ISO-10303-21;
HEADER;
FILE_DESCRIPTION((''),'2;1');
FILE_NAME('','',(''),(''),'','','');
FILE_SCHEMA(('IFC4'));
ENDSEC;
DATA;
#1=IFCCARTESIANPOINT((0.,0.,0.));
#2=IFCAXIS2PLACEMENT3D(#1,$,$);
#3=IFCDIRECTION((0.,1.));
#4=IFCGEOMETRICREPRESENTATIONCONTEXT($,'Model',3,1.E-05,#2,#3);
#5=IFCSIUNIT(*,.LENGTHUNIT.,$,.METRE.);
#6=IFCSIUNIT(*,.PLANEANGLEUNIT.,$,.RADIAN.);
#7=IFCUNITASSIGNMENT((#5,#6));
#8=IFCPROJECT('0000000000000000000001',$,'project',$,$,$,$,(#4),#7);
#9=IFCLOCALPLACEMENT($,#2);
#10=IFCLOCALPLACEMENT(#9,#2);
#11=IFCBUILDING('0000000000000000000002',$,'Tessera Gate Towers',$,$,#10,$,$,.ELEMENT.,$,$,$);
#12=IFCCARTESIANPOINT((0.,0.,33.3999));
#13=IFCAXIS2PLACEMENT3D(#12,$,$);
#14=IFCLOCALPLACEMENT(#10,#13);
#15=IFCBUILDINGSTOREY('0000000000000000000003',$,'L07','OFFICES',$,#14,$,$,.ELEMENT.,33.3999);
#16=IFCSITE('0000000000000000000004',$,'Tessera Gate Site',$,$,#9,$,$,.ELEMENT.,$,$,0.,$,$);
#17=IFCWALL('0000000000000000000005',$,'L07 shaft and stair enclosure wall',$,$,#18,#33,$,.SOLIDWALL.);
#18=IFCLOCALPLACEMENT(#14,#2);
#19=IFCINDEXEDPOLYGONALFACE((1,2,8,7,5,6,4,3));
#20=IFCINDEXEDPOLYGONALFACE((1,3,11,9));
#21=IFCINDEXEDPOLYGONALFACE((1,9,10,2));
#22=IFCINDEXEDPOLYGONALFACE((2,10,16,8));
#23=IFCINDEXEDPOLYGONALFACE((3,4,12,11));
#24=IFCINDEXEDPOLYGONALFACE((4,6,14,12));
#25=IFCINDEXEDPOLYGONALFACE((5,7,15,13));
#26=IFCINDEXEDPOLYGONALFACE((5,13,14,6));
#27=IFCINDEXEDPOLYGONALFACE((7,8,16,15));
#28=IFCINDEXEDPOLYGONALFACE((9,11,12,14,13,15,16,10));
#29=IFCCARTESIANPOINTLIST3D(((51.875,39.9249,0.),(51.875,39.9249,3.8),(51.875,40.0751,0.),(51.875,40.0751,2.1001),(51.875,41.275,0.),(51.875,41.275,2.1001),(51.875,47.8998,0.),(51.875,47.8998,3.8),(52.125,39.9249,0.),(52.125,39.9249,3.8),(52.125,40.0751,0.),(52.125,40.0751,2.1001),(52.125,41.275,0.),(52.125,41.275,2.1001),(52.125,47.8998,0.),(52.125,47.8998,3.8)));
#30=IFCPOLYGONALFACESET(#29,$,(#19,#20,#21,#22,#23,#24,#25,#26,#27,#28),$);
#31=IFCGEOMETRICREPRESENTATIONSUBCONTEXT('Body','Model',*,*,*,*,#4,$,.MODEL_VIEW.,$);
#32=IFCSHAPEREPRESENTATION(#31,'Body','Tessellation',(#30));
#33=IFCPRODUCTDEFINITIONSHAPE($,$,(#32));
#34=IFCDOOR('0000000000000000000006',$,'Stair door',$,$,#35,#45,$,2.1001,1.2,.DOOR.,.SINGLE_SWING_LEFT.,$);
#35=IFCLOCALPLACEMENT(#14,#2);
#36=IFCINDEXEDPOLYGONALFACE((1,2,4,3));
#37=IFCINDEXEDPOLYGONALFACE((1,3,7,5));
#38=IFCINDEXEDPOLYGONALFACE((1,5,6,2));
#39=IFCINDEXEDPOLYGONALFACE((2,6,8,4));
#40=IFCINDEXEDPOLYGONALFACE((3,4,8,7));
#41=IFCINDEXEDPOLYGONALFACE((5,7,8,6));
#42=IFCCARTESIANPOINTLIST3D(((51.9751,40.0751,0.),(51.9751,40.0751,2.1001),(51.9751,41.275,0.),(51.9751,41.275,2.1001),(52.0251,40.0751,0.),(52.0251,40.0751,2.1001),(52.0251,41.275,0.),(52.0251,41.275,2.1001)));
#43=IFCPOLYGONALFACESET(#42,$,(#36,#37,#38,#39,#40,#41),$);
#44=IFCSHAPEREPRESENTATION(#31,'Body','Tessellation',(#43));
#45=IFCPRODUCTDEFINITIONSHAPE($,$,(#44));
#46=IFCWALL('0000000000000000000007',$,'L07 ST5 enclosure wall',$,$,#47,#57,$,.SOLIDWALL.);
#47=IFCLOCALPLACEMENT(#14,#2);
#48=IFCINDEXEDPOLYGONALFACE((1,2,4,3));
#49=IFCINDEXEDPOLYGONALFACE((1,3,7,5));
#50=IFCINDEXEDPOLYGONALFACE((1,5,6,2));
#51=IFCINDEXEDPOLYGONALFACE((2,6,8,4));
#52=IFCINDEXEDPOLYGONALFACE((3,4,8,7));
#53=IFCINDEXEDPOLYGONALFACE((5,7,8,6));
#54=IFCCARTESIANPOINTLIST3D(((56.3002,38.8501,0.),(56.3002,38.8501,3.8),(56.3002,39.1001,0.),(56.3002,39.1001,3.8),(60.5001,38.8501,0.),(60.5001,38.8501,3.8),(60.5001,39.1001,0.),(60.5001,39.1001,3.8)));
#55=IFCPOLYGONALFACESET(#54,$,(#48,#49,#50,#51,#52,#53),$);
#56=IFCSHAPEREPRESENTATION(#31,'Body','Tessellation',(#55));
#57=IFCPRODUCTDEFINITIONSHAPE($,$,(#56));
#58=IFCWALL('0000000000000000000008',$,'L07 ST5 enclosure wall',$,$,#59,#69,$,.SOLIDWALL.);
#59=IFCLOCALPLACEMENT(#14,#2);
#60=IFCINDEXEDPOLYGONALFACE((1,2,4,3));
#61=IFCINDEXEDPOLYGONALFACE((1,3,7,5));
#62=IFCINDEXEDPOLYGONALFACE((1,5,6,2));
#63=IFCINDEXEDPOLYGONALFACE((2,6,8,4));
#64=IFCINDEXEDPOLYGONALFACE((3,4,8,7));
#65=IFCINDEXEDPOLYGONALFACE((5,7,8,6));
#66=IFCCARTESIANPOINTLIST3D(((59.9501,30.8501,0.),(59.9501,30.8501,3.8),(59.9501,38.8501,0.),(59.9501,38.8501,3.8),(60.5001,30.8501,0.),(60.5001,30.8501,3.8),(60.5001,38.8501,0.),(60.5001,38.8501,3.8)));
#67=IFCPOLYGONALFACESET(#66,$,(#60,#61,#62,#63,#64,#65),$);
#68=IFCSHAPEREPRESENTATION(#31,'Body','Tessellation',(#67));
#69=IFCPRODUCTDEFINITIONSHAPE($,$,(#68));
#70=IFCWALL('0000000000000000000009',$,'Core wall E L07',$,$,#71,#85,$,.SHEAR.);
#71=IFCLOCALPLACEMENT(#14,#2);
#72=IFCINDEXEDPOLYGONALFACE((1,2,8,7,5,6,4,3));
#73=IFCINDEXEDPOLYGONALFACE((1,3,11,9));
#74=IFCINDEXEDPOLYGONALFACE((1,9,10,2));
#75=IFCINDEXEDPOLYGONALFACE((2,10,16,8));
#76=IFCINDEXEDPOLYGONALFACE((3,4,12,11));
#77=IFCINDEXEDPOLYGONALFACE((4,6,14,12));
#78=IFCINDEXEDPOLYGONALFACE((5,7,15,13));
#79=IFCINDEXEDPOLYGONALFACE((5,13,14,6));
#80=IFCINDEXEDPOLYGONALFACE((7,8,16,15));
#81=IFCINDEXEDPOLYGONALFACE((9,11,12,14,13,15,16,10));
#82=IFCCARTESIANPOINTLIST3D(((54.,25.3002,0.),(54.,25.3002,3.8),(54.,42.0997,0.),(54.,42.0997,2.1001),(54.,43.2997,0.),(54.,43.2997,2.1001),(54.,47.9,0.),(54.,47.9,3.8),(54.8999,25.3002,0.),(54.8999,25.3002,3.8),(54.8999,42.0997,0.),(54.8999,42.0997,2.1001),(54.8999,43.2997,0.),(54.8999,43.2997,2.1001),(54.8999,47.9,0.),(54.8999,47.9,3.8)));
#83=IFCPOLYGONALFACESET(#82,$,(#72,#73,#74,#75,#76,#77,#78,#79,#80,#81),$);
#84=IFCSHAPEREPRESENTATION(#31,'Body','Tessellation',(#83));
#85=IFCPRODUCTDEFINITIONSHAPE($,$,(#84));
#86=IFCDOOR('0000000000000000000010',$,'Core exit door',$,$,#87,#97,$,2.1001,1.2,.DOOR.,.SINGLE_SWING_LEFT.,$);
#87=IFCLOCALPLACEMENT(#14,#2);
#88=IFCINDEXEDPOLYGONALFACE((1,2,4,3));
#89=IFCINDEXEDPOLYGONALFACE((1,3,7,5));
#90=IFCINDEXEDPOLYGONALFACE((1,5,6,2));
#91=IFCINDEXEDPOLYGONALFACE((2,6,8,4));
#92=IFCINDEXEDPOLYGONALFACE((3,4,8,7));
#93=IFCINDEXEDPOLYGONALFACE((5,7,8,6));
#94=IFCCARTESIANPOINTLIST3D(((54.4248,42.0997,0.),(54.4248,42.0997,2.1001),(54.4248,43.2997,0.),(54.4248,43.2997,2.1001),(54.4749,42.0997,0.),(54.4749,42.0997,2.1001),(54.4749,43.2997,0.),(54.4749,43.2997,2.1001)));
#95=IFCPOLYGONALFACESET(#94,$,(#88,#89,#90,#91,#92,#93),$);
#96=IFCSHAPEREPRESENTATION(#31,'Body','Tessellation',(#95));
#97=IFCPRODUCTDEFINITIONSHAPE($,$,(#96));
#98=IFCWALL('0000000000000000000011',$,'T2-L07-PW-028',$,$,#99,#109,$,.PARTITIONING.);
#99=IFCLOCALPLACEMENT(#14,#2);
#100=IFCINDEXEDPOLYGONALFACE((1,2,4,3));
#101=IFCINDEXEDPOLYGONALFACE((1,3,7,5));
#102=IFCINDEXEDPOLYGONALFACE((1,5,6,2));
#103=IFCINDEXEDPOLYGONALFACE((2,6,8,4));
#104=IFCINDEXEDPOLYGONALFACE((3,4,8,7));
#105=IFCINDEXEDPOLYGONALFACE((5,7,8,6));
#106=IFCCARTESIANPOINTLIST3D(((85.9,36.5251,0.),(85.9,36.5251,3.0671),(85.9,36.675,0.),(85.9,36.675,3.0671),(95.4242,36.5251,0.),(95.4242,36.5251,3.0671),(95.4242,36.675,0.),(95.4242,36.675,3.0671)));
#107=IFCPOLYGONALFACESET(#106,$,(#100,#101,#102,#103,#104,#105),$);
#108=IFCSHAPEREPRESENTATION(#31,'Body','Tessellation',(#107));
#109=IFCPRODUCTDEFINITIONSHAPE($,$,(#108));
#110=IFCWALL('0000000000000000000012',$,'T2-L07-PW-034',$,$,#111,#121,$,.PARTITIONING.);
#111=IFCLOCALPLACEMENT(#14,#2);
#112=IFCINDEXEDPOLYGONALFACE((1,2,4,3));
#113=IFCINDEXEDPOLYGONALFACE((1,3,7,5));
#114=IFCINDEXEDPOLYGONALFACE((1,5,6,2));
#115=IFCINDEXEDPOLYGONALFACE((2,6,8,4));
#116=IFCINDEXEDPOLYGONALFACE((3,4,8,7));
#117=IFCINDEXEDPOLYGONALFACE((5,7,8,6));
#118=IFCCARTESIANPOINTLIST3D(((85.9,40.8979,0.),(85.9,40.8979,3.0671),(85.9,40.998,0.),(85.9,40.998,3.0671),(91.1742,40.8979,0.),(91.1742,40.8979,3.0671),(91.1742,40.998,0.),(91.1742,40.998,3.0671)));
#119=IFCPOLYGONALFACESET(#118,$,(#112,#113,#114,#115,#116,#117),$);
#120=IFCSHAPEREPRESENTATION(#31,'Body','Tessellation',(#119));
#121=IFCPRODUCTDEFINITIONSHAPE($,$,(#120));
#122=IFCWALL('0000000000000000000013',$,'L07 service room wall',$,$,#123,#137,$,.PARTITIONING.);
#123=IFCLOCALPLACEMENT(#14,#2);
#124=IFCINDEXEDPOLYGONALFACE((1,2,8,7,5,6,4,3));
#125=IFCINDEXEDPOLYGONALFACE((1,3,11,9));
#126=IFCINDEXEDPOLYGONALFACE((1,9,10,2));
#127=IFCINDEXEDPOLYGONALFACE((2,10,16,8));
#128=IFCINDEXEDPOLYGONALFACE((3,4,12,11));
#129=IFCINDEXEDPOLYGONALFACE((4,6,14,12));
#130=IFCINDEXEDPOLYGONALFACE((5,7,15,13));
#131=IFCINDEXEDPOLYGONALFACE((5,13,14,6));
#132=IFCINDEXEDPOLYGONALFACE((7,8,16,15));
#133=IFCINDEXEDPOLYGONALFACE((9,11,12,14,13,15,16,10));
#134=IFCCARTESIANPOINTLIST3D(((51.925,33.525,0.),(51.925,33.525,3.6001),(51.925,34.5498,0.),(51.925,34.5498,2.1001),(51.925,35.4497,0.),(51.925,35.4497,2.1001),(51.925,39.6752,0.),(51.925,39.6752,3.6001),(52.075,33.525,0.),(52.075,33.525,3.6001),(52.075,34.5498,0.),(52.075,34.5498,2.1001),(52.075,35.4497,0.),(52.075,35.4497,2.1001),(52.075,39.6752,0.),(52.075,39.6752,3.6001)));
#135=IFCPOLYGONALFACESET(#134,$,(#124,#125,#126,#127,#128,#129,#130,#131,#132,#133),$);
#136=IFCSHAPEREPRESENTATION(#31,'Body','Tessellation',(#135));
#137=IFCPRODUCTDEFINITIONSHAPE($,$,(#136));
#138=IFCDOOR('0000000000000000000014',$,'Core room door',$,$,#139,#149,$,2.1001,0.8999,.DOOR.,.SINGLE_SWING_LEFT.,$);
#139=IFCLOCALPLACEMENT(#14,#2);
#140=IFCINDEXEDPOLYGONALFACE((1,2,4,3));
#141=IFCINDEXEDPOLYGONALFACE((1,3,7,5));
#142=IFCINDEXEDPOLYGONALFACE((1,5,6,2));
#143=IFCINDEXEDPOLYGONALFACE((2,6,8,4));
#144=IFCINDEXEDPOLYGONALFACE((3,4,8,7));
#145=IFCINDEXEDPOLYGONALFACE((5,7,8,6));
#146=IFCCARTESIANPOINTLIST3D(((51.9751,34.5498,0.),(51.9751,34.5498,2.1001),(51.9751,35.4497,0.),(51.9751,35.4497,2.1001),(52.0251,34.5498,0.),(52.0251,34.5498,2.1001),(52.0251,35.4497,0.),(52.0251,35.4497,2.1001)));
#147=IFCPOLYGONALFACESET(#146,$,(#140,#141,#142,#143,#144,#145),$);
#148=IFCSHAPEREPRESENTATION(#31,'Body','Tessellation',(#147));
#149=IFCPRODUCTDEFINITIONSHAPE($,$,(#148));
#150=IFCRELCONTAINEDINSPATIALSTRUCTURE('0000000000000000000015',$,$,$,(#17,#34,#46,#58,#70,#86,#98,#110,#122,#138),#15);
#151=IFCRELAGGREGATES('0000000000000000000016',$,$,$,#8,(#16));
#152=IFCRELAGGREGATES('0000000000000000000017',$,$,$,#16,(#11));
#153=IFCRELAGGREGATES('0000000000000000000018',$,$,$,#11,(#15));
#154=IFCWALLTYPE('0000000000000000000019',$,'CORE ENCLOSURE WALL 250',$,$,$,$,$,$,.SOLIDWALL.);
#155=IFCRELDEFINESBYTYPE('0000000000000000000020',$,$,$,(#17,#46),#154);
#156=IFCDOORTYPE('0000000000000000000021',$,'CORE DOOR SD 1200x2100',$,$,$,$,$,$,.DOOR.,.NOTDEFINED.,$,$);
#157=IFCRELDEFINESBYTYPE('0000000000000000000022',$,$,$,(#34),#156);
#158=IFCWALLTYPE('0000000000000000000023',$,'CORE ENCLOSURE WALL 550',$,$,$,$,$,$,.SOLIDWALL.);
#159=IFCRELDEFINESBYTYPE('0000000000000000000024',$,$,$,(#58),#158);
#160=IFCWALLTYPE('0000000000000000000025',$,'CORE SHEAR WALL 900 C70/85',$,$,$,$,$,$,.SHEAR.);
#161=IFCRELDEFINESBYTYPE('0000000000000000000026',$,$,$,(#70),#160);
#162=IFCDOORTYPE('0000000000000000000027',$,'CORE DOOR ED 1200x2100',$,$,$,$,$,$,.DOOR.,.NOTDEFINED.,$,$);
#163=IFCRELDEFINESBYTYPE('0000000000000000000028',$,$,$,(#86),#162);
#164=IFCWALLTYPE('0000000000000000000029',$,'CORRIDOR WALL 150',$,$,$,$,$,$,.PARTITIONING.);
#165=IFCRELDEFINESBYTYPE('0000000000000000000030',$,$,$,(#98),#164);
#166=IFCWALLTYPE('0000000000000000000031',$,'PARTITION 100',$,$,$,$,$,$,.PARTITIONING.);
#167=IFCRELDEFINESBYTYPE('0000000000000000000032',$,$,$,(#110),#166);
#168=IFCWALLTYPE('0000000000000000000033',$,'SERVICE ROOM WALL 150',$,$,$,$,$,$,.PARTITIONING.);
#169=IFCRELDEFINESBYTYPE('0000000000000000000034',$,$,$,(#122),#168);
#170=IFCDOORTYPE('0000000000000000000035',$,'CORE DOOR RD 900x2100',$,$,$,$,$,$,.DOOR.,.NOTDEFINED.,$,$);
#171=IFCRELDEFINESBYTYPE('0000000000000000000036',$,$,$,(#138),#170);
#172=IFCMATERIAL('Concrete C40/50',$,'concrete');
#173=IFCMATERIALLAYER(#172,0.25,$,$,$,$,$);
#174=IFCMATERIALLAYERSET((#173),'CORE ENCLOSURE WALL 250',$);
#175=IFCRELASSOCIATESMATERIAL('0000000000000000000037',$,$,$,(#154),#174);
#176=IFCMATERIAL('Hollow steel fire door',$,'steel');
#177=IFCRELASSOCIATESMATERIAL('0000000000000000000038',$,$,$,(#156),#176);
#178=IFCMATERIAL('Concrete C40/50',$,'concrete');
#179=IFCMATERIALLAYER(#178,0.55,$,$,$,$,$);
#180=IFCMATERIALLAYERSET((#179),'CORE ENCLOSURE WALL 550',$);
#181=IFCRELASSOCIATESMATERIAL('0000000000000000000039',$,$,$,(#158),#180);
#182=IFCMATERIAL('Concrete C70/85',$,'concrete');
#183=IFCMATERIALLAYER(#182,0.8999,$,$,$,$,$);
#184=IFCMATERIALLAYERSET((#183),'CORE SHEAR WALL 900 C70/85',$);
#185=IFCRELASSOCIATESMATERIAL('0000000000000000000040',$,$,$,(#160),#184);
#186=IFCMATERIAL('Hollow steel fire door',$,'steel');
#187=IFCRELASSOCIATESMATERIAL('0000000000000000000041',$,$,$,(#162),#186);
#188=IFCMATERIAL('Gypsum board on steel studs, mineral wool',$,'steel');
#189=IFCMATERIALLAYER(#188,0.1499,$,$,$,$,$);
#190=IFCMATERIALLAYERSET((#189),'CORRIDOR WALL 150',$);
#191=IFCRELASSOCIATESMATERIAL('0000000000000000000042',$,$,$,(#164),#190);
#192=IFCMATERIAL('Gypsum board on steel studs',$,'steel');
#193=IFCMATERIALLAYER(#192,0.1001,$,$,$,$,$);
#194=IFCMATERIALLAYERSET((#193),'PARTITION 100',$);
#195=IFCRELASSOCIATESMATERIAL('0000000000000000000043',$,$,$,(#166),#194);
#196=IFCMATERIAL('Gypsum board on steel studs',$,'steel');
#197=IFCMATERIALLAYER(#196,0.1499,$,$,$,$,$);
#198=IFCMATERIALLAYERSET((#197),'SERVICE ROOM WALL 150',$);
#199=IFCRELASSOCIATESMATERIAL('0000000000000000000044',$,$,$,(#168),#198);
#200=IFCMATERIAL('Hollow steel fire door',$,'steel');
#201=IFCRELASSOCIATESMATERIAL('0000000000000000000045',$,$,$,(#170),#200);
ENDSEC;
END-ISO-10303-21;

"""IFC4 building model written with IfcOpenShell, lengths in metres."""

from ifc_helpers import new_model, si_unit, direction, frame, frame_2d, origin, place, context, subcontext, project, spatial, rectangle, extrude, source, transform, mapped, material, layer, layer_set, type_object, element, fill, save


model = new_model("IFC4")

# Units and contexts
model_context = context("Model", 3, precision=1e-05, world=origin(), true_north=direction((0.0, 1.0)))
body_context = subcontext(model_context, "Body", "Model", "MODEL_VIEW")
ifc_project = project(units=[si_unit("LENGTHUNIT", "METRE"), si_unit("PLANEANGLEUNIT", "RADIAN")], contexts=[model_context])

# Site, building, storey
site_placement = place(None, origin())
site = spatial("IfcSite", under=ifc_project, at=site_placement, Name="Tessera Gate Site", CompositionType="ELEMENT", RefElevation=0.0)
building_placement = place(site_placement, origin())
building = spatial("IfcBuilding", under=site, at=building_placement, Name="Tessera Gate Towers", CompositionType="ELEMENT")
storey_placement = place(building_placement, frame((0.0, 0.0, 33.3999)))
storey = spatial("IfcBuildingStorey", under=building, at=storey_placement, Name="L07", Description="OFFICES", CompositionType="ELEMENT", Elevation=33.3999)

# Wall, opening, door
ifc_material_1 = material(Name="Concrete C40/50", Category="concrete")
ifc_layer_1 = layer(ifc_material_1, 0.25)
ifc_layer_set_1 = layer_set([ifc_layer_1], Name="CORE ENCLOSURE WALL 250")
wall_type_1 = type_object("IfcWallType", Name="CORE ENCLOSURE WALL 250", PredefinedType="SOLIDWALL", material=ifc_layer_set_1)
wall_1_placement = place(storey_placement, frame((52.0, 39.925, 0.0), z_axis=(0.0, 0.0, 1.0), x_axis=(0.0, 1.0, 0.0)))
wall_1 = element("IfcWall", 1, at=wall_1_placement, inside=storey, type_object=wall_type_1, Name="L07 shaft and stair enclosure wall", PredefinedType="SOLIDWALL", context=body_context, shape_type="SweptSolid", body=[
    extrude(rectangle(XDim=7.9749, YDim=0.25, at=frame_2d((3.9873, 0.0))), origin(), (0.0, 0.0, 1.0), 3.8),
])
shared_shape_1 = source(origin(), body_context, "Body", "SweptSolid", [
    extrude(rectangle(XDim=1.2, YDim=2.1001, at=frame_2d((0.6001, 1.05))), frame((0.0, 0.135, 0.0), z_axis=(0.0, -1.0, 0.0), x_axis=(1.0, 0.0, 0.0)), (0.0, 0.0, 1.0), 0.27),
])
opening_1_placement = place(wall_1_placement, frame((0.1499, 0.0, 0.0)))
opening_1 = element("IfcOpeningElement", 2, at=opening_1_placement, cuts=wall_1, PredefinedType="OPENING", context=body_context, shape_type="MappedRepresentation", body=[
    mapped(shared_shape_1, transform((0.0, 0.0, 0.0), scale=1.0)),
])
ifc_material_2 = material(Name="Hollow steel fire door", Category="steel")
door_type_1 = type_object("IfcDoorType", Name="CORE DOOR SD 1200x2100", OperationType="NOTDEFINED", PredefinedType="DOOR", material=ifc_material_2)
shared_shape_2 = source(origin(), body_context, "Body", "SweptSolid", [
    extrude(rectangle(XDim=1.2, YDim=2.1001, at=frame_2d((0.6001, 1.05))), frame((0.0, 0.0249, 0.0), z_axis=(0.0, -1.0, 0.0), x_axis=(1.0, 0.0, 0.0)), (0.0, 0.0, 1.0), 0.05),
])
door_1_placement = place(opening_1_placement, origin())
door_1 = element("IfcDoor", 3, at=door_1_placement, inside=storey, type_object=door_type_1, Name="Stair door", OperationType="SINGLE_SWING_LEFT", OverallHeight=2.1001, OverallWidth=1.2, PredefinedType="DOOR", context=body_context, shape_type="MappedRepresentation", body=[
    mapped(shared_shape_2, transform((0.0, 0.0, 0.0), scale=1.0)),
])
fill(opening_1, door_1)

# Walls
wall_2_placement = place(storey_placement, frame((56.3, 38.9751, 0.0), z_axis=(0.0, 0.0, 1.0), x_axis=(1.0, 0.0, 0.0)))
element("IfcWall", 4, at=wall_2_placement, inside=storey, type_object=wall_type_1, Name="L07 ST5 enclosure wall", PredefinedType="SOLIDWALL", context=body_context, shape_type="SweptSolid", body=[
    extrude(rectangle(XDim=4.2, YDim=0.25, at=frame_2d((2.1001, 0.0))), origin(), (0.0, 0.0, 1.0), 3.8),
])
ifc_material_3 = material(Name="Concrete C40/50", Category="concrete")
ifc_layer_2 = layer(ifc_material_3, 0.55)
ifc_layer_set_2 = layer_set([ifc_layer_2], Name="CORE ENCLOSURE WALL 550")
wall_type_2 = type_object("IfcWallType", Name="CORE ENCLOSURE WALL 550", PredefinedType="SOLIDWALL", material=ifc_layer_set_2)
wall_3_placement = place(storey_placement, frame((60.2251, 38.8501, 0.0), z_axis=(0.0, 0.0, 1.0), x_axis=(0.0, -1.0, 0.0)))
element("IfcWall", 5, at=wall_3_placement, inside=storey, type_object=wall_type_2, Name="L07 ST5 enclosure wall", PredefinedType="SOLIDWALL", context=body_context, shape_type="SweptSolid", body=[
    extrude(rectangle(XDim=8.0, YDim=0.55, at=frame_2d((4.0, 0.0))), origin(), (0.0, 0.0, 1.0), 3.8),
])

# Wall, opening, door
ifc_material_4 = material(Name="Concrete C70/85", Category="concrete")
ifc_layer_3 = layer(ifc_material_4, 0.8999)
ifc_layer_set_3 = layer_set([ifc_layer_3], Name="CORE SHEAR WALL 900 C70/85")
wall_type_3 = type_object("IfcWallType", Name="CORE SHEAR WALL 900 C70/85", PredefinedType="SHEAR", material=ifc_layer_set_3)
wall_4_placement = place(storey_placement, frame((54.45, 47.8999, 0.0), z_axis=(0.0, 0.0, 1.0), x_axis=(0.0, -1.0, 0.0)))
wall_4 = element("IfcWall", 6, at=wall_4_placement, inside=storey, type_object=wall_type_3, Name="Core wall E L07", PredefinedType="SHEAR", context=body_context, shape_type="SweptSolid", body=[
    extrude(rectangle(XDim=22.5999, YDim=0.8999, at=frame_2d((11.2998, 0.0))), origin(), (0.0, 0.0, 1.0), 3.8),
])
shared_shape_3 = source(origin(), body_context, "Body", "SweptSolid", [
    extrude(rectangle(XDim=1.2, YDim=2.1001, at=frame_2d((0.6001, 1.05))), frame((0.0, 0.46, 0.0), z_axis=(0.0, -1.0, 0.0), x_axis=(1.0, 0.0, 0.0)), (0.0, 0.0, 1.0), 0.9199),
])
opening_2_placement = place(wall_4_placement, frame((4.6001, 0.0, 0.0)))
opening_2 = element("IfcOpeningElement", 7, at=opening_2_placement, cuts=wall_4, PredefinedType="OPENING", context=body_context, shape_type="MappedRepresentation", body=[
    mapped(shared_shape_3, transform((0.0, 0.0, 0.0), scale=1.0)),
])
ifc_material_5 = material(Name="Hollow steel fire door", Category="steel")
door_type_2 = type_object("IfcDoorType", Name="CORE DOOR ED 1200x2100", OperationType="NOTDEFINED", PredefinedType="DOOR", material=ifc_material_5)
door_2_placement = place(opening_2_placement, origin())
door_2 = element("IfcDoor", 8, at=door_2_placement, inside=storey, type_object=door_type_2, Name="Core exit door", OperationType="SINGLE_SWING_LEFT", OverallHeight=2.1001, OverallWidth=1.2, PredefinedType="DOOR", context=body_context, shape_type="MappedRepresentation", body=[
    mapped(shared_shape_2, transform((0.0, 0.0, 0.0), scale=1.0)),
])
fill(opening_2, door_2)

# Walls
ifc_material_6 = material(Name="Gypsum board on steel studs, mineral wool", Category="steel")
ifc_layer_4 = layer(ifc_material_6, 0.1499)
ifc_layer_set_4 = layer_set([ifc_layer_4], Name="CORRIDOR WALL 150")
wall_type_4 = type_object("IfcWallType", Name="CORRIDOR WALL 150", PredefinedType="PARTITIONING", material=ifc_layer_set_4)
wall_5_placement = place(storey_placement, frame((85.8999, 36.6001, 0.0), z_axis=(0.0, 0.0, 1.0), x_axis=(1.0, 0.0, 0.0)))
element("IfcWall", 9, at=wall_5_placement, inside=storey, type_object=wall_type_4, Name="T2-L07-PW-028", PredefinedType="PARTITIONING", context=body_context, shape_type="SweptSolid", body=[
    extrude(rectangle(XDim=9.5242, YDim=0.1499, at=frame_2d((4.7622, 0.0))), origin(), (0.0, 0.0, 1.0), 3.0671),
])
ifc_material_7 = material(Name="Gypsum board on steel studs", Category="steel")
ifc_layer_5 = layer(ifc_material_7, 0.1001)
ifc_layer_set_5 = layer_set([ifc_layer_5], Name="PARTITION 100")
wall_type_5 = type_object("IfcWallType", Name="PARTITION 100", PredefinedType="PARTITIONING", material=ifc_layer_set_5)
wall_6_placement = place(storey_placement, frame((85.8999, 40.948, 0.0), z_axis=(0.0, 0.0, 1.0), x_axis=(1.0, 0.0, 0.0)))
element("IfcWall", 10, at=wall_6_placement, inside=storey, type_object=wall_type_5, Name="T2-L07-PW-034", PredefinedType="PARTITIONING", context=body_context, shape_type="SweptSolid", body=[
    extrude(rectangle(XDim=5.2742, YDim=0.1001, at=frame_2d((2.6372, 0.0))), origin(), (0.0, 0.0, 1.0), 3.0671),
])

# Wall, opening, door
ifc_material_8 = material(Name="Gypsum board on steel studs", Category="steel")
ifc_layer_6 = layer(ifc_material_8, 0.1499)
ifc_layer_set_6 = layer_set([ifc_layer_6], Name="SERVICE ROOM WALL 150")
wall_type_6 = type_object("IfcWallType", Name="SERVICE ROOM WALL 150", PredefinedType="PARTITIONING", material=ifc_layer_set_6)
wall_7_placement = place(storey_placement, frame((52.0, 33.5249, 0.0), z_axis=(0.0, 0.0, 1.0), x_axis=(0.0, 1.0, 0.0)))
wall_7 = element("IfcWall", 11, at=wall_7_placement, inside=storey, type_object=wall_type_6, Name="L07 service room wall", PredefinedType="PARTITIONING", context=body_context, shape_type="SweptSolid", body=[
    extrude(rectangle(XDim=6.1501, YDim=0.1499, at=frame_2d((3.0752, 0.0))), origin(), (0.0, 0.0, 1.0), 3.6001),
])
shared_shape_4 = source(origin(), body_context, "Body", "SweptSolid", [
    extrude(rectangle(XDim=0.8999, YDim=2.1001, at=frame_2d((0.45, 1.05))), frame((0.0, 0.085, 0.0), z_axis=(0.0, -1.0, 0.0), x_axis=(1.0, 0.0, 0.0)), (0.0, 0.0, 1.0), 0.1699),
])
opening_3_placement = place(wall_7_placement, frame((1.0249, 0.0, 0.0)))
opening_3 = element("IfcOpeningElement", 12, at=opening_3_placement, cuts=wall_7, PredefinedType="OPENING", context=body_context, shape_type="MappedRepresentation", body=[
    mapped(shared_shape_4, transform((0.0, 0.0, 0.0), scale=1.0)),
])
ifc_material_9 = material(Name="Hollow steel fire door", Category="steel")
door_type_3 = type_object("IfcDoorType", Name="CORE DOOR RD 900x2100", OperationType="NOTDEFINED", PredefinedType="DOOR", material=ifc_material_9)
shared_shape_5 = source(origin(), body_context, "Body", "SweptSolid", [
    extrude(rectangle(XDim=0.8999, YDim=2.1001, at=frame_2d((0.45, 1.05))), frame((0.0, 0.0249, 0.0), z_axis=(0.0, -1.0, 0.0), x_axis=(1.0, 0.0, 0.0)), (0.0, 0.0, 1.0), 0.05),
])
door_3_placement = place(opening_3_placement, origin())
door_3 = element("IfcDoor", 13, at=door_3_placement, inside=storey, type_object=door_type_3, Name="Core room door", OperationType="SINGLE_SWING_LEFT", OverallHeight=2.1001, OverallWidth=0.8999, PredefinedType="DOOR", context=body_context, shape_type="MappedRepresentation", body=[
    mapped(shared_shape_5, transform((0.0, 0.0, 0.0), scale=1.0)),
])
fill(opening_3, door_3)

save(model, "model.ifc")
